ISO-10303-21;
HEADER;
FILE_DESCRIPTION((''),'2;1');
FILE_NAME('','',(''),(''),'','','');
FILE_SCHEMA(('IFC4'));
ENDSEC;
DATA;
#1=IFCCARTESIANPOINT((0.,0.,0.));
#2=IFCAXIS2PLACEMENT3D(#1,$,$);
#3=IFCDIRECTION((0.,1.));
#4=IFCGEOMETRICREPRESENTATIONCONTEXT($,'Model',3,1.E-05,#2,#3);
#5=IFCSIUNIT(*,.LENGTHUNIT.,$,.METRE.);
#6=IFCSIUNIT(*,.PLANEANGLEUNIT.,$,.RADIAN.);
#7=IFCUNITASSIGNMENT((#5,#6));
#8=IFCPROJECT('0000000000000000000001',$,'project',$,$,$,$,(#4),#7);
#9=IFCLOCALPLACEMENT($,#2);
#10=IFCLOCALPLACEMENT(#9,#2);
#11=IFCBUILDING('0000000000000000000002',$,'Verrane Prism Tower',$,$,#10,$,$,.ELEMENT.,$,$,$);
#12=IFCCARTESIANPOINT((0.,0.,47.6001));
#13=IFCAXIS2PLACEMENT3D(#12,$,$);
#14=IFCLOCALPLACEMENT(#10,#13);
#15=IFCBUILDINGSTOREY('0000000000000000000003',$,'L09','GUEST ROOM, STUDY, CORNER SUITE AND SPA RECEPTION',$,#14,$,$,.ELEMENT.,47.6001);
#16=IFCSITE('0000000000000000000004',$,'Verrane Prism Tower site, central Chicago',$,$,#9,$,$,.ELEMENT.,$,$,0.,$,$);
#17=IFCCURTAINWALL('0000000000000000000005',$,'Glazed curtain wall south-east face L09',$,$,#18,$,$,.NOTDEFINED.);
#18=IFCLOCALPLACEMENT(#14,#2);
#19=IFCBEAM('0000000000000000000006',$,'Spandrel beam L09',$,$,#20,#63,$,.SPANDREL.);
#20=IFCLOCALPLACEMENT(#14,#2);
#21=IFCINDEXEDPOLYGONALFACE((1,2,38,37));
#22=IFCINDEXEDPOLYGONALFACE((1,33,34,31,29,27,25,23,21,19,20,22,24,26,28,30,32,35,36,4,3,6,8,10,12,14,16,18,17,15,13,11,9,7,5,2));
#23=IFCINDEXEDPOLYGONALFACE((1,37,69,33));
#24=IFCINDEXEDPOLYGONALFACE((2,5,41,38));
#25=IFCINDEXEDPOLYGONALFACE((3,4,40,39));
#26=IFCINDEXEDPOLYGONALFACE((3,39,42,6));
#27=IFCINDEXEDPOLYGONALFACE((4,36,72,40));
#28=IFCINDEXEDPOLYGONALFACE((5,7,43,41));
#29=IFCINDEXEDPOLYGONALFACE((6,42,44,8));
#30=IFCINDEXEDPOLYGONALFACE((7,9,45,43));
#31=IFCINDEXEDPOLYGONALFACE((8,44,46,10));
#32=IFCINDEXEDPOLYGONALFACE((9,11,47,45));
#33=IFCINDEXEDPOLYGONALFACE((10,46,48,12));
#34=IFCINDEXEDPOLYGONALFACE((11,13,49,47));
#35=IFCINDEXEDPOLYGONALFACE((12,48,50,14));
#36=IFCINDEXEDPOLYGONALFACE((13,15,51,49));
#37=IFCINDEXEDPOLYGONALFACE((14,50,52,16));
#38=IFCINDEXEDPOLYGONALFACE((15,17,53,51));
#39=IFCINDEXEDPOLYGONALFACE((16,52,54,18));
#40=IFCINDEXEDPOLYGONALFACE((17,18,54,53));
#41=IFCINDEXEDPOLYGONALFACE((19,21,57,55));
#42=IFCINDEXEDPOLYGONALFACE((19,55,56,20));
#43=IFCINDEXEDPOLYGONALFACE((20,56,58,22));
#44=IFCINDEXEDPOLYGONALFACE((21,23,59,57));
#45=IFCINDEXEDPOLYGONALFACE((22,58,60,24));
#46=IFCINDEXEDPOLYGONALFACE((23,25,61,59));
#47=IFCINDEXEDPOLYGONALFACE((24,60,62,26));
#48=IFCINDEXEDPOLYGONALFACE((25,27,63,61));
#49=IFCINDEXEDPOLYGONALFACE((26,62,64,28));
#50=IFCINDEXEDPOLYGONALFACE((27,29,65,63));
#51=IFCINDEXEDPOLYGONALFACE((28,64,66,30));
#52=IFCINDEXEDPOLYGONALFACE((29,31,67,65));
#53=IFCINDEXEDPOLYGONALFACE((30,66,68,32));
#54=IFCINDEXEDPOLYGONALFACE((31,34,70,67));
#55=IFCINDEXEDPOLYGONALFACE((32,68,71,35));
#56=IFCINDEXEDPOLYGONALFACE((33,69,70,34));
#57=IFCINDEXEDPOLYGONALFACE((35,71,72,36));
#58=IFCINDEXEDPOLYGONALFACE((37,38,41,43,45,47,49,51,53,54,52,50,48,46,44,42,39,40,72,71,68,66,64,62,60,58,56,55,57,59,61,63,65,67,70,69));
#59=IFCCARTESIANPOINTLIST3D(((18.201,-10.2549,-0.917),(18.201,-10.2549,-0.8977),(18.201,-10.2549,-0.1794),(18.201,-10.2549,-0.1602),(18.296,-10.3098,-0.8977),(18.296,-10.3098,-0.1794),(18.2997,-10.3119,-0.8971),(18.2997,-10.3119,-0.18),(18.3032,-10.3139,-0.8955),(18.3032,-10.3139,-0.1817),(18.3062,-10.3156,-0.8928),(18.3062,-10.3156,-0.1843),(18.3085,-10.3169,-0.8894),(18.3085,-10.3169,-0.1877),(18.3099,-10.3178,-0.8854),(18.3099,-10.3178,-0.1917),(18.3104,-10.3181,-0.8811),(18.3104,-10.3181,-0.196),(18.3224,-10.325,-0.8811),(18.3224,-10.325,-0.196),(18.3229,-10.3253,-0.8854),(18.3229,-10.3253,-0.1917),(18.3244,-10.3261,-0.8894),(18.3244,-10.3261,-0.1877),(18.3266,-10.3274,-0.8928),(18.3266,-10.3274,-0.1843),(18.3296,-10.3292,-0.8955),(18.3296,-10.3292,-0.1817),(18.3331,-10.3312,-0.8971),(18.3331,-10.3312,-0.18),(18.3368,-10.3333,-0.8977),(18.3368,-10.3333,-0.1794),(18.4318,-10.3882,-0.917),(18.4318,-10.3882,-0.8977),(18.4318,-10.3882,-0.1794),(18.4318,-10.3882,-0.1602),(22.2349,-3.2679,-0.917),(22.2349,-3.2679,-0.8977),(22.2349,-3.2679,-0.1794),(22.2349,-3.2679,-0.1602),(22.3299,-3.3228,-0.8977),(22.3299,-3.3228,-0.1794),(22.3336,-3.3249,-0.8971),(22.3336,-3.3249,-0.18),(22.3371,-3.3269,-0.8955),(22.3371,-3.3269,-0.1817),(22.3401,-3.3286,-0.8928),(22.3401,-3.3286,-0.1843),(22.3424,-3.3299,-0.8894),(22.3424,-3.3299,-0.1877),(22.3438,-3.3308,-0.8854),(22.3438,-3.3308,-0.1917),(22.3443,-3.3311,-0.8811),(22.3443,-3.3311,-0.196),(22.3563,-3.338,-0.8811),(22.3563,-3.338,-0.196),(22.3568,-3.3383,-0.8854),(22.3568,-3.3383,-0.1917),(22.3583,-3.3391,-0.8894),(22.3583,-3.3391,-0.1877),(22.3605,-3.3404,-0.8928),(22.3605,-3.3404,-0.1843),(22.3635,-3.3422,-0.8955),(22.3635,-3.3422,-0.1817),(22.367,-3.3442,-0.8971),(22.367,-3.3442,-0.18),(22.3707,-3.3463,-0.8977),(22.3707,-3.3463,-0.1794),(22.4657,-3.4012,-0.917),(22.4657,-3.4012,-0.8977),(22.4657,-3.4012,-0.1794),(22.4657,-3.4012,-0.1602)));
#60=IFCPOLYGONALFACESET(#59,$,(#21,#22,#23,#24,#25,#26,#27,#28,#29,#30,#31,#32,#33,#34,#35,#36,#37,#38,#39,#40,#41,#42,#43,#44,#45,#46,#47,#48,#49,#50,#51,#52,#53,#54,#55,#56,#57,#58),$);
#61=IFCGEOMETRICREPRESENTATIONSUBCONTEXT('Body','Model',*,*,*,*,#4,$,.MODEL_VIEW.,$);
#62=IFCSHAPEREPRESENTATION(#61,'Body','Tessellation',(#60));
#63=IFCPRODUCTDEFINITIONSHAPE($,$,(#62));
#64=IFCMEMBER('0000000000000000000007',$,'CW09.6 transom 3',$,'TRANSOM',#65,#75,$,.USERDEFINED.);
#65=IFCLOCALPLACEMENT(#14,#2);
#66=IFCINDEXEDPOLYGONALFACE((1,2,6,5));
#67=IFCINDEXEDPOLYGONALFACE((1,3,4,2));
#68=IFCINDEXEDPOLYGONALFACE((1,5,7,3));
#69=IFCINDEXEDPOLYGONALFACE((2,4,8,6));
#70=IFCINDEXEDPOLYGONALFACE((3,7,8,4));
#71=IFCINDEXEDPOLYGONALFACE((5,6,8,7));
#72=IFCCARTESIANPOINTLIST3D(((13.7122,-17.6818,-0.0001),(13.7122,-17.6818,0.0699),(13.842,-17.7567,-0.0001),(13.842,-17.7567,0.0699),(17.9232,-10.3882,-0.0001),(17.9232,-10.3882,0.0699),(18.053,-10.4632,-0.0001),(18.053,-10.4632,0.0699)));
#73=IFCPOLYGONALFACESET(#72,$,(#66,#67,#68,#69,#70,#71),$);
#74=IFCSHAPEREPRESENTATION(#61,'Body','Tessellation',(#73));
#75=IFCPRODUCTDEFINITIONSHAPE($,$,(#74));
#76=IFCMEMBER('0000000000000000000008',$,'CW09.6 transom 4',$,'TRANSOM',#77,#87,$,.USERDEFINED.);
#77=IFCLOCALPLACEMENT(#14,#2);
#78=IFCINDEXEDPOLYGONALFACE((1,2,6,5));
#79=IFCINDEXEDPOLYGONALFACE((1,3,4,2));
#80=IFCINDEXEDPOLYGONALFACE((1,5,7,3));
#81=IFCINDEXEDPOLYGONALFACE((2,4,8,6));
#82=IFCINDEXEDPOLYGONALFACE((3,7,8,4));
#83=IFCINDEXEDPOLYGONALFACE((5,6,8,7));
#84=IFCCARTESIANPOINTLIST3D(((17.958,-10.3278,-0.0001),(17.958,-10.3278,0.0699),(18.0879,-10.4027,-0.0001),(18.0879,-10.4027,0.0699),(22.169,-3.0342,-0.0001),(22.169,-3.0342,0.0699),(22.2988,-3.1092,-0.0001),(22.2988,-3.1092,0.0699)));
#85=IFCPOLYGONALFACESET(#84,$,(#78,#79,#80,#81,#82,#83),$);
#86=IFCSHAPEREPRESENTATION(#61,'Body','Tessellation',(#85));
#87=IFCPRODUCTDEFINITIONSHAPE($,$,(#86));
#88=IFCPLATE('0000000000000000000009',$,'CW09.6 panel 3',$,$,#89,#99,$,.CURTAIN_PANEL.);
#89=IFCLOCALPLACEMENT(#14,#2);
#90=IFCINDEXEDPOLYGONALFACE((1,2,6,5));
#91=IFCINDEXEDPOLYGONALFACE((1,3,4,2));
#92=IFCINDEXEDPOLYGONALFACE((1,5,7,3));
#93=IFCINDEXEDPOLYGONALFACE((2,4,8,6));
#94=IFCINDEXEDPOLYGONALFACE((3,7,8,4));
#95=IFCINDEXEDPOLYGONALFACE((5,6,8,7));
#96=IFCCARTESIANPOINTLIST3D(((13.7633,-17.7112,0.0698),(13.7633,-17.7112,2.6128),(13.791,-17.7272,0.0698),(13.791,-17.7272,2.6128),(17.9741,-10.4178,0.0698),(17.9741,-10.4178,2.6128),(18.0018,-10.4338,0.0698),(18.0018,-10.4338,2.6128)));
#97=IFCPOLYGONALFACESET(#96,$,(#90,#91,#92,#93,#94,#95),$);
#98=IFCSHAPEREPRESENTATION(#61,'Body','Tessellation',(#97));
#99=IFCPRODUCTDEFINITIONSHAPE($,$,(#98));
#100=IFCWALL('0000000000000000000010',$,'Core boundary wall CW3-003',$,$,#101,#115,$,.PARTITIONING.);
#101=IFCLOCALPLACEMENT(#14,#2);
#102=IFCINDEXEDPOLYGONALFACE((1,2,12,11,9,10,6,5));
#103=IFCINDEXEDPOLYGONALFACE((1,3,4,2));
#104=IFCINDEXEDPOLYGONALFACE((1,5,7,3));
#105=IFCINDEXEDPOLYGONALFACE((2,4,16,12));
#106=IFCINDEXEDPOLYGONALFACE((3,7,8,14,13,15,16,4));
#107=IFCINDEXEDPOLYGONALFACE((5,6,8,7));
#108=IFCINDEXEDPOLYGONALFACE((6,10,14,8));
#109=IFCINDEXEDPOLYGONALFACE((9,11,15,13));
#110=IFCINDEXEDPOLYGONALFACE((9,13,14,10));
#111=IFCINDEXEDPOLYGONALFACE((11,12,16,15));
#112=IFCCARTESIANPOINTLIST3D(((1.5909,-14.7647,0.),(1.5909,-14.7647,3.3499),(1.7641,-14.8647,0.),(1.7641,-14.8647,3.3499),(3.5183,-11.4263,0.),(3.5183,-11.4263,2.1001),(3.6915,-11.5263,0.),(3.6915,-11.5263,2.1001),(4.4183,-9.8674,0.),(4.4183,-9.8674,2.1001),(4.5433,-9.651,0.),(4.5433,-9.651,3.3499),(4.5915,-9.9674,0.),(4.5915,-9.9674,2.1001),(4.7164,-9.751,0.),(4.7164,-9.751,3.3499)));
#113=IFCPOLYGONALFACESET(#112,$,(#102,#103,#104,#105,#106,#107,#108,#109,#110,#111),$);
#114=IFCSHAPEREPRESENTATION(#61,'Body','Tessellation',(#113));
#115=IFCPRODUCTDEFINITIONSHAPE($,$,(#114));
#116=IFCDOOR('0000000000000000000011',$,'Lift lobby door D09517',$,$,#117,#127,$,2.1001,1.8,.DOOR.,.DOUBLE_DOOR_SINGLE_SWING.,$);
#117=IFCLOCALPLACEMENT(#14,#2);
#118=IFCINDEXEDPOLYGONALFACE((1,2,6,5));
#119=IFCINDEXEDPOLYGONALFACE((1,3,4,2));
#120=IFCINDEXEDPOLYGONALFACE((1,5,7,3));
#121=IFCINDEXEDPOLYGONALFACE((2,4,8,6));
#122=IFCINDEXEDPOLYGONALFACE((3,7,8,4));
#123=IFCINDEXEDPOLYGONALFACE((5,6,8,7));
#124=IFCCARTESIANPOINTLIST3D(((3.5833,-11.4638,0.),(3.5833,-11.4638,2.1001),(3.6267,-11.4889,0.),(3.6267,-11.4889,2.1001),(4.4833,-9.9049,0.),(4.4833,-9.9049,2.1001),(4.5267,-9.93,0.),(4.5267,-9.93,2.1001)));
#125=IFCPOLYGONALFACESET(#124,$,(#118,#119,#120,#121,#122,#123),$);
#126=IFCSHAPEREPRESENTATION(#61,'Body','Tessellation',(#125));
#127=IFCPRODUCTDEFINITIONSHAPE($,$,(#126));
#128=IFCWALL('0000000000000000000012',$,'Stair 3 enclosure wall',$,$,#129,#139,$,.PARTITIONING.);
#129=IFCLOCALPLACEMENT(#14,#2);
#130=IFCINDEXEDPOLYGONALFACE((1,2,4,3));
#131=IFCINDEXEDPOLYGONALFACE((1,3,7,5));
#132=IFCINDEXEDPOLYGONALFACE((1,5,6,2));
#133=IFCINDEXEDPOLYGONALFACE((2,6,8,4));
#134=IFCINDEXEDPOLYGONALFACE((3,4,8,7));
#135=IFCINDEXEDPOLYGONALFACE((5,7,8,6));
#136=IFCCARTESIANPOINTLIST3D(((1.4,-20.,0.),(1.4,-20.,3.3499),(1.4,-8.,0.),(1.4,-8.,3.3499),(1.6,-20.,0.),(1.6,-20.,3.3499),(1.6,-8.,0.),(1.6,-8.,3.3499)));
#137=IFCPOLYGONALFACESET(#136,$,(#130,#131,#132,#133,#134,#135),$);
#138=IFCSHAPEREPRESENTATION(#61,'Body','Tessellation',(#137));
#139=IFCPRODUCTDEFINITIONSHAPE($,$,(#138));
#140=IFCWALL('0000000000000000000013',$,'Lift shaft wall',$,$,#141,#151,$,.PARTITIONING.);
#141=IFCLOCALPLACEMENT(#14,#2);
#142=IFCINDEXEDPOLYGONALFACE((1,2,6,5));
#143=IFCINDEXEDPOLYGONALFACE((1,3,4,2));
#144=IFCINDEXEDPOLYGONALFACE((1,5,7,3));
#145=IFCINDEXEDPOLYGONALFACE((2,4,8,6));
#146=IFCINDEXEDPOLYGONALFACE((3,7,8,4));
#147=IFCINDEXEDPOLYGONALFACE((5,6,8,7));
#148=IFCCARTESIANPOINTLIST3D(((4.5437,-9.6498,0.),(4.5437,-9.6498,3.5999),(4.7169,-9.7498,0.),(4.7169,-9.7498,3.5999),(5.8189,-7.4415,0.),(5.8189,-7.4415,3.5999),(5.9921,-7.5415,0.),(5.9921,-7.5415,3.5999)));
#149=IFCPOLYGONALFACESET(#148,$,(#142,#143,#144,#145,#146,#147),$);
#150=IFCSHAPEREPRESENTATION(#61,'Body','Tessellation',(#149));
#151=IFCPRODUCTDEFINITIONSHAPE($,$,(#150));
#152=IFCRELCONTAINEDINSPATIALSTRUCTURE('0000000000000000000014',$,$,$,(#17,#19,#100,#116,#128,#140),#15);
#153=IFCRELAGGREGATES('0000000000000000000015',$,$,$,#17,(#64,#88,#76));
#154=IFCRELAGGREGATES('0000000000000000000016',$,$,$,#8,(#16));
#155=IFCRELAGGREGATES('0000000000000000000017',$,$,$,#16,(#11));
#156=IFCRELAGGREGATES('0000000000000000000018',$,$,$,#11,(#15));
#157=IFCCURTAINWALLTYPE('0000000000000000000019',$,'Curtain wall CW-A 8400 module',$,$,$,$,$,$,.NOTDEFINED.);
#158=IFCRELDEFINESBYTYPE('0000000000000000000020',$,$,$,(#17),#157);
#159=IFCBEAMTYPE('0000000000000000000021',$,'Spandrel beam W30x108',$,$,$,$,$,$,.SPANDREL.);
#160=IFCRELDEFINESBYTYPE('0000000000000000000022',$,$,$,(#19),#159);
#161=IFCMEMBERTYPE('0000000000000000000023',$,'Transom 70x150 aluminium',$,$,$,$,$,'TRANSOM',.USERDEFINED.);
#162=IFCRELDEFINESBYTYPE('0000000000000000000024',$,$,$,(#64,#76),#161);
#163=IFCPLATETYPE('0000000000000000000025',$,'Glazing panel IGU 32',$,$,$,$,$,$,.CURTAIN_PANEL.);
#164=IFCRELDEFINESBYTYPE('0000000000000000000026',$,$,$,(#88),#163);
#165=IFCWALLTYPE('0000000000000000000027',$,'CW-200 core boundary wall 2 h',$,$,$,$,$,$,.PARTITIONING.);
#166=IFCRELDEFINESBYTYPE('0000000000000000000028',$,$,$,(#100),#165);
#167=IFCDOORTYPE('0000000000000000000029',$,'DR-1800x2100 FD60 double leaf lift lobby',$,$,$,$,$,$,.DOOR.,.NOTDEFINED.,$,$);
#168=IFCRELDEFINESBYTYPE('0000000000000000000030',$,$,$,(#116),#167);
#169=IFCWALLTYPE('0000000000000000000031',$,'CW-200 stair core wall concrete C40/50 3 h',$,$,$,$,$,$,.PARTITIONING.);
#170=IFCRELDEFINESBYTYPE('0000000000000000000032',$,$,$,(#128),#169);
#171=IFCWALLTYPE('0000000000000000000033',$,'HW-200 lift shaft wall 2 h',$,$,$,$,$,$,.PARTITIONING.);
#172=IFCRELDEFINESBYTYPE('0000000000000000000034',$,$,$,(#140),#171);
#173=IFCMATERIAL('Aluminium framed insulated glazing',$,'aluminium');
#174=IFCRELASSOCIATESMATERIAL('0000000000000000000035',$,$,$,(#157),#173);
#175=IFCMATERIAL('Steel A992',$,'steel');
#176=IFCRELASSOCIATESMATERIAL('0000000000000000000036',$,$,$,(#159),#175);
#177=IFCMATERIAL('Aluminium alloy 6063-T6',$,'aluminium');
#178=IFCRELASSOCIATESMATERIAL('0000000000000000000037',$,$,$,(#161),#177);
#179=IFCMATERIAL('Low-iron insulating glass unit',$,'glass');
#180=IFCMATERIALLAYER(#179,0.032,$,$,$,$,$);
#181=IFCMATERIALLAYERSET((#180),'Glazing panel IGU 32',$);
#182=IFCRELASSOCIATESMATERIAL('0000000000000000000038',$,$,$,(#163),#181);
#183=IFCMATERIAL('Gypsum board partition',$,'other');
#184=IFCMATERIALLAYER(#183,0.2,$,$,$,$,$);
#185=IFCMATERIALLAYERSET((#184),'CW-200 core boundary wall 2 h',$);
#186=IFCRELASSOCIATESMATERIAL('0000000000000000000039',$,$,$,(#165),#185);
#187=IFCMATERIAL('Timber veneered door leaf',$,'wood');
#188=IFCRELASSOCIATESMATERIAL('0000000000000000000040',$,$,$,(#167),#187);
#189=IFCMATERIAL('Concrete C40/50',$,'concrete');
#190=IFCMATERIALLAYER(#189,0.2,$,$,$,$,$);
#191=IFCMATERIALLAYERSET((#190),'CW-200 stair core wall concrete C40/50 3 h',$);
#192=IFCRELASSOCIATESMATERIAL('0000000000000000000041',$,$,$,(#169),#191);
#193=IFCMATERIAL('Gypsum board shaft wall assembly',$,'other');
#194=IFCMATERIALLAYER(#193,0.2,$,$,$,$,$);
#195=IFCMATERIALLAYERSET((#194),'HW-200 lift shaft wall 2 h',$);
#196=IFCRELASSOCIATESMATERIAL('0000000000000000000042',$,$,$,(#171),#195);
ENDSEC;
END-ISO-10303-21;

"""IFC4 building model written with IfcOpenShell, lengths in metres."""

from ifc_helpers import new_model, si_unit, direction, frame, frame_2d, origin, origin_2d, place, context, subcontext, project, spatial, rectangle, i_section, extrude, material, layer, layer_set, material_profile, profile_set, type_object, element, fill, aggregate, save


model = new_model("IFC4")

# Units and contexts
model_context = context("Model", 3, precision=1e-05, world=origin(), true_north=direction((0.0, 1.0)))
body_context = subcontext(model_context, "Body", "Model", "MODEL_VIEW")
ifc_project = project(units=[si_unit("LENGTHUNIT", "METRE"), si_unit("PLANEANGLEUNIT", "RADIAN")], contexts=[model_context])

# Site, building, storey
site_placement = place(None, origin())
site = spatial("IfcSite", under=ifc_project, at=site_placement, Name="Verrane Prism Tower site, central Chicago", CompositionType="ELEMENT", RefElevation=0.0)
building_placement = place(site_placement, origin())
building = spatial("IfcBuilding", under=site, at=building_placement, Name="Verrane Prism Tower", CompositionType="ELEMENT")
storey_placement = place(building_placement, frame((0.0, 0.0, 47.6001)))
storey = spatial("IfcBuildingStorey", under=building, at=storey_placement, Name="L09", Description="GUEST ROOM, STUDY, CORNER SUITE AND SPA RECEPTION", CompositionType="ELEMENT", Elevation=47.6001)

# Curtain wall
ifc_material_1 = material(Name="Aluminium framed insulated glazing", Category="aluminium")
curtain_wall_type = type_object("IfcCurtainWallType", Name="Curtain wall CW-A 8400 module", PredefinedType="NOTDEFINED", material=ifc_material_1)
curtain_wall_placement = place(storey_placement, origin())
curtain_wall = element("IfcCurtainWall", 1, at=curtain_wall_placement, inside=storey, type_object=curtain_wall_type, Name="Glazed curtain wall south-east face L09", PredefinedType="NOTDEFINED")

# Beam
ifc_material_2 = material(Name="Steel A992", Category="steel")
ifc_material_profile_1 = material_profile(ifc_material_2, i_section(OverallWidth=0.2666, OverallDepth=0.7568, WebThickness=0.0139, FlangeThickness=0.0193, FilletRadius=0.0166, at=origin_2d()), Name="W30x108")
ifc_profile_set_1 = profile_set([ifc_material_profile_1], Name="Steel A992")
beam_type_1 = type_object("IfcBeamType", Name="Spandrel beam W30x108", PredefinedType="SPANDREL", material=ifc_profile_set_1)
beam_1_placement = place(storey_placement, frame((18.3164, -10.3215, -0.5386), z_axis=(0.499996, 0.866028, 0.0), x_axis=(-0.866028, 0.499996, 0.0)))
element("IfcBeam", 2, at=beam_1_placement, inside=storey, type_object=beam_type_1, Name="Spandrel beam L09", PredefinedType="SPANDREL", context=body_context, shape_type="SweptSolid", body=[
    extrude(i_section(OverallWidth=0.2666, OverallDepth=0.7568, WebThickness=0.0139, FlangeThickness=0.0193, FilletRadius=0.0166, at=origin_2d()), origin(), (0.0, 0.0, 1.0), 8.0679),
])

# Members
ifc_material_3 = material(Name="Aluminium alloy 6063-T6", Category="aluminium")
ifc_material_profile_2 = material_profile(ifc_material_3, rectangle(XDim=0.1499, YDim=0.0701, at=origin_2d()), Name="Transom 70x150 aluminium")
ifc_profile_set_2 = profile_set([ifc_material_profile_2], Name="Aluminium alloy 6063-T6")
member_type_1 = type_object("IfcMemberType", Name="Transom 70x150 aluminium", ElementType="TRANSOM", PredefinedType="USERDEFINED", material=ifc_profile_set_2)
member_1_placement = place(storey_placement, frame((13.7771, -17.7192, 0.0349), z_axis=(0.500005, 0.866022, 0.0), x_axis=(-0.866022, 0.500005, 0.0)))
member_1 = element("IfcMember", 3, at=member_1_placement, type_object=member_type_1, Name="CW09.6 transom 3", ObjectType="TRANSOM", PredefinedType="USERDEFINED", context=body_context, shape_type="SweptSolid", body=[
    extrude(rectangle(XDim=0.1499, YDim=0.0701, at=origin_2d()), origin(), (0.0, 0.0, 1.0), 8.4219),
])
member_2_placement = place(storey_placement, frame((18.0229, -10.3652, 0.0349), z_axis=(0.500005, 0.866022, 0.0), x_axis=(-0.866022, 0.500005, 0.0)))
member_2 = element("IfcMember", 4, at=member_2_placement, type_object=member_type_1, Name="CW09.6 transom 4", ObjectType="TRANSOM", PredefinedType="USERDEFINED", context=body_context, shape_type="SweptSolid", body=[
    extrude(rectangle(XDim=0.1499, YDim=0.0701, at=origin_2d()), origin(), (0.0, 0.0, 1.0), 8.4219),
])

# Plate
ifc_material_4 = material(Name="Low-iron insulating glass unit", Category="glass")
ifc_layer_1 = layer(ifc_material_4, 0.032)
ifc_layer_set_1 = layer_set([ifc_layer_1], Name="Glazing panel IGU 32")
plate_type = type_object("IfcPlateType", Name="Glazing panel IGU 32", PredefinedType="CURTAIN_PANEL", material=ifc_layer_set_1)
plate_placement = place(storey_placement, frame((15.8826, -14.0725, 0.0698), z_axis=(0.0, 0.0, 1.0), x_axis=(0.499999, 0.866026, 0.0)))
plate = element("IfcPlate", 5, at=plate_placement, type_object=plate_type, Name="CW09.6 panel 3", PredefinedType="CURTAIN_PANEL", context=body_context, shape_type="SweptSolid", body=[
    extrude(rectangle(XDim=8.4216, YDim=0.032, at=origin_2d()), origin(), (0.0, 0.0, 1.0), 2.543),
])
aggregate(curtain_wall, [member_1, plate, member_2])

# Wall, opening, door
ifc_material_5 = material(Name="Gypsum board partition", Category="other")
ifc_layer_2 = layer(ifc_material_5, 0.2)
ifc_layer_set_2 = layer_set([ifc_layer_2], Name="CW-200 core boundary wall 2 h")
wall_type_1 = type_object("IfcWallType", Name="CW-200 core boundary wall 2 h", PredefinedType="PARTITIONING", material=ifc_layer_set_2)
wall_1_placement = place(storey_placement, frame((1.6775, -14.8147, 0.0), z_axis=(0.0, 0.0, 1.0), x_axis=(0.499994, 0.866029, 0.0)))
wall_1 = element("IfcWall", 6, at=wall_1_placement, inside=storey, type_object=wall_type_1, Name="Core boundary wall CW3-003", PredefinedType="PARTITIONING", context=body_context, shape_type="SweptSolid", body=[
    extrude(rectangle(XDim=5.9048, YDim=0.2, at=frame_2d((2.9524, 0.0))), origin(), (0.0, 0.0, 1.0), 3.3499),
])
opening_1_placement = place(wall_1_placement, frame((3.855, 0.0, 0.0)))
opening_1 = element("IfcOpeningElement", 7, at=opening_1_placement, cuts=wall_1, PredefinedType="OPENING", context=body_context, shape_type="SweptSolid", body=[
    extrude(rectangle(XDim=1.8, YDim=2.1001, at=frame_2d((0.8999, 1.05))), frame((0.0, 0.1099, 0.0), z_axis=(0.0, -1.0, 0.0), x_axis=(1.0, 0.0, 0.0)), (0.0, 0.0, 1.0), 0.22),
])
ifc_material_6 = material(Name="Timber veneered door leaf", Category="wood")
door_type_1 = type_object("IfcDoorType", Name="DR-1800x2100 FD60 double leaf lift lobby", OperationType="NOTDEFINED", PredefinedType="DOOR", material=ifc_material_6)
door_1_placement = place(opening_1_placement, origin())
door_1 = element("IfcDoor", 8, at=door_1_placement, inside=storey, type_object=door_type_1, Name="Lift lobby door D09517", OperationType="DOUBLE_DOOR_SINGLE_SWING", OverallHeight=2.1001, OverallWidth=1.8, PredefinedType="DOOR", context=body_context, shape_type="SweptSolid", body=[
    extrude(rectangle(XDim=1.8, YDim=2.1001, at=frame_2d((0.8999, 1.05))), frame((0.0, 0.0249, 0.0), z_axis=(0.0, -1.0, 0.0), x_axis=(1.0, 0.0, 0.0)), (0.0, 0.0, 1.0), 0.05),
])
fill(opening_1, door_1)

# Walls
ifc_material_7 = material(Name="Concrete C40/50", Category="concrete")
ifc_layer_3 = layer(ifc_material_7, 0.2)
ifc_layer_set_3 = layer_set([ifc_layer_3], Name="CW-200 stair core wall concrete C40/50 3 h")
wall_type_2 = type_object("IfcWallType", Name="CW-200 stair core wall concrete C40/50 3 h", PredefinedType="PARTITIONING", material=ifc_layer_set_3)
wall_2_placement = place(storey_placement, frame((1.5, -8.0, 0.0), z_axis=(0.0, 0.0, 1.0), x_axis=(0.0, -1.0, 0.0)))
element("IfcWall", 9, at=wall_2_placement, inside=storey, type_object=wall_type_2, Name="Stair 3 enclosure wall", PredefinedType="PARTITIONING", context=body_context, shape_type="SweptSolid", body=[
    extrude(rectangle(XDim=12.0, YDim=0.2, at=frame_2d((6.0, 0.0))), origin(), (0.0, 0.0, 1.0), 3.3499),
])
ifc_material_8 = material(Name="Gypsum board shaft wall assembly", Category="other")
ifc_layer_4 = layer(ifc_material_8, 0.2)
ifc_layer_set_4 = layer_set([ifc_layer_4], Name="HW-200 lift shaft wall 2 h")
wall_type_3 = type_object("IfcWallType", Name="HW-200 lift shaft wall 2 h", PredefinedType="PARTITIONING", material=ifc_layer_set_4)
wall_3_placement = place(storey_placement, frame((4.6304, -9.6997, 0.0), z_axis=(0.0, 0.0, 1.0), x_axis=(0.500062, 0.865989, 0.0)))
element("IfcWall", 10, at=wall_3_placement, inside=storey, type_object=wall_type_3, Name="Lift shaft wall", PredefinedType="PARTITIONING", context=body_context, shape_type="SweptSolid", body=[
    extrude(rectangle(XDim=2.55, YDim=0.2, at=frame_2d((1.2749, 0.0))), origin(), (0.0, 0.0, 1.0), 3.5999),
])

save(model, "model.ifc")
